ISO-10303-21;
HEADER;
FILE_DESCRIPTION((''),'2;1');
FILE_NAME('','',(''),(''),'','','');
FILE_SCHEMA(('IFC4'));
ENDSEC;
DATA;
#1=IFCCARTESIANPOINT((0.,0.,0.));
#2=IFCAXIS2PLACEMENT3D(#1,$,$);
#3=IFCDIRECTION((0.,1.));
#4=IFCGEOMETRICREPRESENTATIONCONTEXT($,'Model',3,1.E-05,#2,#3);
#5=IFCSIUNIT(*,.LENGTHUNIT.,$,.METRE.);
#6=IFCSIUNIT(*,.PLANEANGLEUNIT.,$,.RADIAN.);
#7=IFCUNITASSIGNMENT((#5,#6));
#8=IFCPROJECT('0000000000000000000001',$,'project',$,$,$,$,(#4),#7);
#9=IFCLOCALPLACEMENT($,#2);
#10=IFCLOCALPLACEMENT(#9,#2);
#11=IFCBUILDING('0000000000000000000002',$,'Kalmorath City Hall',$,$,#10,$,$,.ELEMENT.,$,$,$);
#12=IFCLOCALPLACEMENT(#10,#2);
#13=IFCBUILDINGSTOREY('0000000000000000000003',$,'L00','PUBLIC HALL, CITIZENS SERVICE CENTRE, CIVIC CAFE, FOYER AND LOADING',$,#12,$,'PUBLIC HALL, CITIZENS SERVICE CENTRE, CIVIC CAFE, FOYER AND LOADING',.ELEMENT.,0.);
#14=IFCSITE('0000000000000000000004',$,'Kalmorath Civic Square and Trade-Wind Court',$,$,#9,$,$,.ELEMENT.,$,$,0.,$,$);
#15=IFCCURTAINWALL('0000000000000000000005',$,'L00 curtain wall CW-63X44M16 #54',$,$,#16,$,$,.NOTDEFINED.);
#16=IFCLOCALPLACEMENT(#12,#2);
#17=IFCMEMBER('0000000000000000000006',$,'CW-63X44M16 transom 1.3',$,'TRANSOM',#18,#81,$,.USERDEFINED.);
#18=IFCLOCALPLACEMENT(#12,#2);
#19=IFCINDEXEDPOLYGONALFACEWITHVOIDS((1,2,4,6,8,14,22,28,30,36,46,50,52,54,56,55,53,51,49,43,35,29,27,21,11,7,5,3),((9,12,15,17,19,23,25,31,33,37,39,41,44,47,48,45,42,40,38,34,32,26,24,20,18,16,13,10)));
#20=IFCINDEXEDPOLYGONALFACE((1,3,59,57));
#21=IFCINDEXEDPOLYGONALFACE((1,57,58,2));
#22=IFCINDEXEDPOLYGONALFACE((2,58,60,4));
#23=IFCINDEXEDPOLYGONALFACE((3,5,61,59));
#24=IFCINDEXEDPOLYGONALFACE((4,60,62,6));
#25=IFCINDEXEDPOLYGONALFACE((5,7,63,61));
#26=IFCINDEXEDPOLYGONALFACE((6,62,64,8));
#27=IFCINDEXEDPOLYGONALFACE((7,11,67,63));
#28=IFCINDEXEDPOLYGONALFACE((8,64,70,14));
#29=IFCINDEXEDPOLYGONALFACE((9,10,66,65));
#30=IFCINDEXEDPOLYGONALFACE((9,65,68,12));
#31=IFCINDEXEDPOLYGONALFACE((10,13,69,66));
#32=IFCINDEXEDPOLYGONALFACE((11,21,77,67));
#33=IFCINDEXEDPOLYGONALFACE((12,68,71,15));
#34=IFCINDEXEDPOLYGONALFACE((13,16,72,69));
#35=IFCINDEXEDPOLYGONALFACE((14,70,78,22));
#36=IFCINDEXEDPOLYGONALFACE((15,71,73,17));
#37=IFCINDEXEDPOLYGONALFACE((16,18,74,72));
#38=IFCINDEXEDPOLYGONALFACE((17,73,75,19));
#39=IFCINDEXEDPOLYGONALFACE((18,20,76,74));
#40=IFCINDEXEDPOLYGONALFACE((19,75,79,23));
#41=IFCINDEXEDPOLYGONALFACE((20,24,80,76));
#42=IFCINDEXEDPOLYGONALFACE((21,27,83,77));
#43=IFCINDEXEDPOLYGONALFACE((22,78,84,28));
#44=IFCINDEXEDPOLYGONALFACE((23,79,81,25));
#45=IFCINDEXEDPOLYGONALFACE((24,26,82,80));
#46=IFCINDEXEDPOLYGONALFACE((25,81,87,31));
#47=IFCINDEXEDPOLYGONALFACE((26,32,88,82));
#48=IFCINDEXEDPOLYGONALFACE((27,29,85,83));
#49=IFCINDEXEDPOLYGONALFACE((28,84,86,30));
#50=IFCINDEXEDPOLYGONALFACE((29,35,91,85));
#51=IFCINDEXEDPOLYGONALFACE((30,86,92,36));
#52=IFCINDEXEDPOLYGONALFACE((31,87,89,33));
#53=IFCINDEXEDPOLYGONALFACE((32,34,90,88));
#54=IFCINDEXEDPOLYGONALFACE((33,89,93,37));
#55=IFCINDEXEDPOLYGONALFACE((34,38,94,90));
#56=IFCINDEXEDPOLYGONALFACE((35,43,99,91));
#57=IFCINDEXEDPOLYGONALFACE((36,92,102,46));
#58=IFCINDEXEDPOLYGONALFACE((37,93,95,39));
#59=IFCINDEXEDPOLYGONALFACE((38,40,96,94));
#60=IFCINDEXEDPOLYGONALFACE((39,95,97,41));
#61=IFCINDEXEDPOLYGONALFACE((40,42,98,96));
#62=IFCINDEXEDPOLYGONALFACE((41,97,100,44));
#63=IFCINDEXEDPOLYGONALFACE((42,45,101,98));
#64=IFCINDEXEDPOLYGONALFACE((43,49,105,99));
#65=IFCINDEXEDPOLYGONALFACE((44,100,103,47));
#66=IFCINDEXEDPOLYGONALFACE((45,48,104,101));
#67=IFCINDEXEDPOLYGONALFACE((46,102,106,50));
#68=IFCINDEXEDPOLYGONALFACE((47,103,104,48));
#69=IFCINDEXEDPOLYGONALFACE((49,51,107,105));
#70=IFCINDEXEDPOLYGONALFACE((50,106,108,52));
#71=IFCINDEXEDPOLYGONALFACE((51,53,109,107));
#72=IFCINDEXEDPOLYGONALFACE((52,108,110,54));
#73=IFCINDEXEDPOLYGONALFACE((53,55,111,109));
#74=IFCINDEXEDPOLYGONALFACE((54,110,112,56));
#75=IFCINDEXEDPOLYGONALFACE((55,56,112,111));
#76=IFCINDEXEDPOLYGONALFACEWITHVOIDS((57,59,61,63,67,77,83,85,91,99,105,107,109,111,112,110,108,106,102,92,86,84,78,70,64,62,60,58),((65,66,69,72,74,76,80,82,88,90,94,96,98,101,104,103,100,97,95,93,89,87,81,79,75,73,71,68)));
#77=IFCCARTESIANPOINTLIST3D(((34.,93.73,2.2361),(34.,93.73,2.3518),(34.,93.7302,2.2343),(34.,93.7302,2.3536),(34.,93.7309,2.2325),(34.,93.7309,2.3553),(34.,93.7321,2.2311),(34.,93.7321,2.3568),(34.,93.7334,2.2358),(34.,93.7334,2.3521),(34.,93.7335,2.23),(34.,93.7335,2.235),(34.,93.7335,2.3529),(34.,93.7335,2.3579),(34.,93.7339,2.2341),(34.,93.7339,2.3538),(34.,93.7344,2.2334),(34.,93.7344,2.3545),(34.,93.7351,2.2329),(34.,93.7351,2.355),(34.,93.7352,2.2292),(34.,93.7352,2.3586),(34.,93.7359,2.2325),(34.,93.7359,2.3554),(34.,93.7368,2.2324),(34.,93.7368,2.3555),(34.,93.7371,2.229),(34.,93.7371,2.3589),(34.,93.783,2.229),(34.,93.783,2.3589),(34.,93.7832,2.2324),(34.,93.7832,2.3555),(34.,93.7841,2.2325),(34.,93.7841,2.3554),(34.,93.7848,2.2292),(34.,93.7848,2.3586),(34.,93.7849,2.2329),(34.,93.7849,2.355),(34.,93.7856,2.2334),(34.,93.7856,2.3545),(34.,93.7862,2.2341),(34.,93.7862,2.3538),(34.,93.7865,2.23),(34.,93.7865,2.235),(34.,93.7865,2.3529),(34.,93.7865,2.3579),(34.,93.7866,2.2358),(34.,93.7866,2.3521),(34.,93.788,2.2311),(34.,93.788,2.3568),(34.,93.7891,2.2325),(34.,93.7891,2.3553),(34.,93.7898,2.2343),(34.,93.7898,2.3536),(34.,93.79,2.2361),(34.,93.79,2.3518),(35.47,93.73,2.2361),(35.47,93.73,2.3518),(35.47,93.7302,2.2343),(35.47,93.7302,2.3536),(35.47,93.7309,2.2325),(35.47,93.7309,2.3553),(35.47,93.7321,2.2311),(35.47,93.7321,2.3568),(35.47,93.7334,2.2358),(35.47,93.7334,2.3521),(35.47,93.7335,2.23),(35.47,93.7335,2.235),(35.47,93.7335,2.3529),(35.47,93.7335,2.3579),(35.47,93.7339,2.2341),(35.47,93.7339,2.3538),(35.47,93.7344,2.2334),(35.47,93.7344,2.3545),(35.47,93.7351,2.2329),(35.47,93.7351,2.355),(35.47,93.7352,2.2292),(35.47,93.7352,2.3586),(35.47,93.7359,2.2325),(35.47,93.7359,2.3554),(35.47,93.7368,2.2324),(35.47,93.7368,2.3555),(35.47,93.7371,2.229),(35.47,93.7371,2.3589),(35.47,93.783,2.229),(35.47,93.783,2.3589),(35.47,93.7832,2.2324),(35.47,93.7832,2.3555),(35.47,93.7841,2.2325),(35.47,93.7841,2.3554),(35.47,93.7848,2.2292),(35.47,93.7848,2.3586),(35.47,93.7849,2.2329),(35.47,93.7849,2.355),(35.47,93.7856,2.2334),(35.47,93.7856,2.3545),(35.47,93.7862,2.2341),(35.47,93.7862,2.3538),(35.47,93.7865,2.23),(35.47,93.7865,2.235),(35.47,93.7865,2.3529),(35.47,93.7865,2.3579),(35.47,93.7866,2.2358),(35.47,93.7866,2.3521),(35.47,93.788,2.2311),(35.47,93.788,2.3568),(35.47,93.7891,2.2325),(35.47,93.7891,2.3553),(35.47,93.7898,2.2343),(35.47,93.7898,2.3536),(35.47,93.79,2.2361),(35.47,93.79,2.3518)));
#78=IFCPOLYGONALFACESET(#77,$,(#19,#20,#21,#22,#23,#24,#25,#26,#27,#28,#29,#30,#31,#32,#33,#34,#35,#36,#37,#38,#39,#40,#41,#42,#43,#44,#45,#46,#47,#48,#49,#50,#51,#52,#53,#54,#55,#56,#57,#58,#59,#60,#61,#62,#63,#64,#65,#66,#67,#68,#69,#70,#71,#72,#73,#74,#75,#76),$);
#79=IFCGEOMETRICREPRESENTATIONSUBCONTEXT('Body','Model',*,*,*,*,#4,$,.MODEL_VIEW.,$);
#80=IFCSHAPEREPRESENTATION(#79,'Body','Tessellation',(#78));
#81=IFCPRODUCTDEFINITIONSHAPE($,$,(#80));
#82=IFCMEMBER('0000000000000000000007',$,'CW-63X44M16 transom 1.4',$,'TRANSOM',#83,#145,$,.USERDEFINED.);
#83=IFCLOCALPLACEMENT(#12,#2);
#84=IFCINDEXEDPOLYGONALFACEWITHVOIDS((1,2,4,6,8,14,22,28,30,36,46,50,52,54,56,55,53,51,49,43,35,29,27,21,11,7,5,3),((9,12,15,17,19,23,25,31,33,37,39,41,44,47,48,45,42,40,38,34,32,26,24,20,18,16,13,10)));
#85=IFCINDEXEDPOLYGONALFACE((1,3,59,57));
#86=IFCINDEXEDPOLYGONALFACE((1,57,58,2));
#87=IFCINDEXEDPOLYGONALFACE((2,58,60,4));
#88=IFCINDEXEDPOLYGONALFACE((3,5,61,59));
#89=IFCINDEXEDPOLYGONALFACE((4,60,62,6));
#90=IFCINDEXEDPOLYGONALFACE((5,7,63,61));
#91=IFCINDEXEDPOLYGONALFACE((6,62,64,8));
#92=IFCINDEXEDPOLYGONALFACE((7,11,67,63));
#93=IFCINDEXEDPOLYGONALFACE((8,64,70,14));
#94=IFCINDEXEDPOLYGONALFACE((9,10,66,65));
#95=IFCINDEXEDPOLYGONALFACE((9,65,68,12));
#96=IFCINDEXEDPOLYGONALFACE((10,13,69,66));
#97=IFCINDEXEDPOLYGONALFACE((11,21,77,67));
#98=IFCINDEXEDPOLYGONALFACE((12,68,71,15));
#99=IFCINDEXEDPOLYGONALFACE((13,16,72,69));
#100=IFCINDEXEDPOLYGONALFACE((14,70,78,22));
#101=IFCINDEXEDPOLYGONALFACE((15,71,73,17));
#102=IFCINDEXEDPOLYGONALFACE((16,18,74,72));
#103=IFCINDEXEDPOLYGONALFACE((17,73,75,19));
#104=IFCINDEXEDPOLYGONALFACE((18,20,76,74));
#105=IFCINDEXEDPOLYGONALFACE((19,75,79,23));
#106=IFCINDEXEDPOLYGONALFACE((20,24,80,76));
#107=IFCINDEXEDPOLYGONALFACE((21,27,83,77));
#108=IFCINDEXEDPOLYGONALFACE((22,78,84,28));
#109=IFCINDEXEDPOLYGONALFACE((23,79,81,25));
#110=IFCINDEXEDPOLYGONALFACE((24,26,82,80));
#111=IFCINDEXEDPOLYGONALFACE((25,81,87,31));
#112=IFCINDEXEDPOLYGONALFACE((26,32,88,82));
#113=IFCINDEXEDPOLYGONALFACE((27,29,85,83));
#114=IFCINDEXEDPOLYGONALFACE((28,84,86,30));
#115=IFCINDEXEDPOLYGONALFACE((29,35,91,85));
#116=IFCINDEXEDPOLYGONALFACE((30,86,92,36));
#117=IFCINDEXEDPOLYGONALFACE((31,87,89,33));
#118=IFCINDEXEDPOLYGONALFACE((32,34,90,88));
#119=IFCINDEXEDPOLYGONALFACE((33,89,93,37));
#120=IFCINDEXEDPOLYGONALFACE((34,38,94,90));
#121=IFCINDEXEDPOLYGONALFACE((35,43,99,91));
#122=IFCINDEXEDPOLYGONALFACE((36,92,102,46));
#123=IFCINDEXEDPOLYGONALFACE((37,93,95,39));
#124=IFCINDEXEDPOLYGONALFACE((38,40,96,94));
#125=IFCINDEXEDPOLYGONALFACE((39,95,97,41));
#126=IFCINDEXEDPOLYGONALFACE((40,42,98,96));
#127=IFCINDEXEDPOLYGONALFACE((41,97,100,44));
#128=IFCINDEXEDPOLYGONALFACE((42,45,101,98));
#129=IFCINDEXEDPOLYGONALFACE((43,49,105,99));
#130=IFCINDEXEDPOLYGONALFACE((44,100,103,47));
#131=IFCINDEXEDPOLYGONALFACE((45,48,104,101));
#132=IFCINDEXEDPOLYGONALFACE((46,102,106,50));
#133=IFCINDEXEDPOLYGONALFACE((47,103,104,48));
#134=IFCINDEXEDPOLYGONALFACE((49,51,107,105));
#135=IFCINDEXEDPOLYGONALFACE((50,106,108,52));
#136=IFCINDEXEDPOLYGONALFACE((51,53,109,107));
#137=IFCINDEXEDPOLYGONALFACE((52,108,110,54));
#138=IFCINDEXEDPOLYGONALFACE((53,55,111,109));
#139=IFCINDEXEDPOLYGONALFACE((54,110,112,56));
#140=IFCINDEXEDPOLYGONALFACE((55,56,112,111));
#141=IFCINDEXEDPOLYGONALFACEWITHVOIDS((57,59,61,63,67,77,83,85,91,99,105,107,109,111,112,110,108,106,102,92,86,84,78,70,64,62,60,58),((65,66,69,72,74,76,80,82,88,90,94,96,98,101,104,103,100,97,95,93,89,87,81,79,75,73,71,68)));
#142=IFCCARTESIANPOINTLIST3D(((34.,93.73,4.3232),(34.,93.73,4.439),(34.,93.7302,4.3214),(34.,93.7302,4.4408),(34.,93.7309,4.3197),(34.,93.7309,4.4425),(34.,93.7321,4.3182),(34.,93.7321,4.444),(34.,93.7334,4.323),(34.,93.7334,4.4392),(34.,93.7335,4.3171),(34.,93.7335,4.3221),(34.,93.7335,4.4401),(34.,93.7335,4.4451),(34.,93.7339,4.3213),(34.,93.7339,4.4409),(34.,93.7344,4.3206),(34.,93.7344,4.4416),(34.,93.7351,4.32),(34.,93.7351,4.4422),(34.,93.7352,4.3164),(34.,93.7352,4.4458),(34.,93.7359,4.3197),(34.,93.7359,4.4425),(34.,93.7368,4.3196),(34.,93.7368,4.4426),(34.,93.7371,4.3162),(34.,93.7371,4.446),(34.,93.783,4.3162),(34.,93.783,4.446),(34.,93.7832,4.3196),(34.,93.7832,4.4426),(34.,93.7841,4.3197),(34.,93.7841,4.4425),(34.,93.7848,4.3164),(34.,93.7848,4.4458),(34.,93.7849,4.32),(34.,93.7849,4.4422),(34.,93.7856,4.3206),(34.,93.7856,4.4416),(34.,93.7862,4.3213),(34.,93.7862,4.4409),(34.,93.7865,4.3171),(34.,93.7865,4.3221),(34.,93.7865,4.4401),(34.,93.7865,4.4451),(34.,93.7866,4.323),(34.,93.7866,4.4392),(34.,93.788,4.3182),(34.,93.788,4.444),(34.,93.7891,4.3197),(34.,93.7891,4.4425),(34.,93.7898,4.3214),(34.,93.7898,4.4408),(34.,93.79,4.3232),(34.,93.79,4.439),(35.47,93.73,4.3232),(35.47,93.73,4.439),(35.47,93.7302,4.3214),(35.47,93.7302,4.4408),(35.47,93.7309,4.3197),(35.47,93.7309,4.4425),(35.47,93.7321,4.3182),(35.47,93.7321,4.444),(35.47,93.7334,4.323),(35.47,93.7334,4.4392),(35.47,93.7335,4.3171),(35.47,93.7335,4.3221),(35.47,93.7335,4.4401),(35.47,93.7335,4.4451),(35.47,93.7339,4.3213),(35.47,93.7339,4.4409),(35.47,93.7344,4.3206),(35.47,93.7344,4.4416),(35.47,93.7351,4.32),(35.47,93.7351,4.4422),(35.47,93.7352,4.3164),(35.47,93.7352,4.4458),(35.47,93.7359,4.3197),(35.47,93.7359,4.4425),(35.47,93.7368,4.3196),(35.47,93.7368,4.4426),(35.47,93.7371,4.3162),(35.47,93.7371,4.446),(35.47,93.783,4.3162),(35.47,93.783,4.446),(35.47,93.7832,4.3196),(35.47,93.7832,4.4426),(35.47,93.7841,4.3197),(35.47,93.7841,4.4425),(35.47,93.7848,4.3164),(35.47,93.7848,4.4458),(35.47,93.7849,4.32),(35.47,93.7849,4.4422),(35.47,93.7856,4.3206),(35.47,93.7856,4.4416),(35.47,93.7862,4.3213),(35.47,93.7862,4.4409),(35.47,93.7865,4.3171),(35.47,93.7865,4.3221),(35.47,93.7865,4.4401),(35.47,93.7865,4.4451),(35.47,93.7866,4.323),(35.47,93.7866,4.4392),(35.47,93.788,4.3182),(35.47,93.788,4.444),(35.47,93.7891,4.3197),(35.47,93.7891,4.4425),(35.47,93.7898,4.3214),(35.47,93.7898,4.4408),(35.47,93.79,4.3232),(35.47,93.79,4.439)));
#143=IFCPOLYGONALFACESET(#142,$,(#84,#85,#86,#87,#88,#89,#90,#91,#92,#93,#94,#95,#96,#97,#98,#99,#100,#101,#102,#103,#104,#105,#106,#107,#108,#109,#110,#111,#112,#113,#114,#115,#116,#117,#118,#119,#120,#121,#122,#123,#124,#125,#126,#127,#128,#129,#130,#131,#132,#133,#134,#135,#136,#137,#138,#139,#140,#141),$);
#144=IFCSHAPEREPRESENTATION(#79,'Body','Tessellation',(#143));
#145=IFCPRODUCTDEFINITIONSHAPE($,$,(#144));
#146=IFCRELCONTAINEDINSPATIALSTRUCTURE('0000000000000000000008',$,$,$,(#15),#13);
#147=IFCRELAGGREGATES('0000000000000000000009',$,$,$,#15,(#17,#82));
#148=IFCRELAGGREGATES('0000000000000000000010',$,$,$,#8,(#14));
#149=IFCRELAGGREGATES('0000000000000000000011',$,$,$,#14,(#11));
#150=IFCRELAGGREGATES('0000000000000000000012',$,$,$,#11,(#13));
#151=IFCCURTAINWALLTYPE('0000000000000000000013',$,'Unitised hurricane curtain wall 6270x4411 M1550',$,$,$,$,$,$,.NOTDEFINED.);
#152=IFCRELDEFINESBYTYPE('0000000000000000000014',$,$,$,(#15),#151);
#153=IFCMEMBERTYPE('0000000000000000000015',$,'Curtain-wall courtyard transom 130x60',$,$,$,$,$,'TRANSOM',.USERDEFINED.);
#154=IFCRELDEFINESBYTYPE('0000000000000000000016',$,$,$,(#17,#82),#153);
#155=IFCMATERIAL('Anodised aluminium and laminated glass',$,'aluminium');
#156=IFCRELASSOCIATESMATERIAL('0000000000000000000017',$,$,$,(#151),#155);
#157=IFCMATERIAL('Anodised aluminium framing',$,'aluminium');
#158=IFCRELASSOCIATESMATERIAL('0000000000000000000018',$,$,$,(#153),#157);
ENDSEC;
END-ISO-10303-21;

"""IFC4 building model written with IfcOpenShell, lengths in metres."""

from ifc_helpers import new_model, si_unit, direction, frame, origin, origin_2d, place, context, subcontext, project, spatial, hollow_rectangle, extrude, material, material_profile, profile_set, type_object, element, aggregate, save


model = new_model("IFC4")

# Units and contexts
model_context = context("Model", 3, precision=1e-05, world=origin(), true_north=direction((0.0, 1.0)))
body_context = subcontext(model_context, "Body", "Model", "MODEL_VIEW")
ifc_project = project(units=[si_unit("LENGTHUNIT", "METRE"), si_unit("PLANEANGLEUNIT", "RADIAN")], contexts=[model_context])

# Site, building, storey
site_placement = place(None, origin())
site = spatial("IfcSite", under=ifc_project, at=site_placement, Name="Kalmorath Civic Square and Trade-Wind Court", CompositionType="ELEMENT", RefElevation=0.0)
building_placement = place(site_placement, origin())
building = spatial("IfcBuilding", under=site, at=building_placement, Name="Kalmorath City Hall", CompositionType="ELEMENT")
storey_placement = place(building_placement, origin())
storey = spatial("IfcBuildingStorey", under=building, at=storey_placement, Name="L00", Description="PUBLIC HALL, CITIZENS SERVICE CENTRE, CIVIC CAFE, FOYER AND LOADING", LongName="PUBLIC HALL, CITIZENS SERVICE CENTRE, CIVIC CAFE, FOYER AND LOADING", CompositionType="ELEMENT", Elevation=0.0)

# Shared definitions
ifc_material_1 = material(Name="Anodised aluminium and laminated glass", Category="aluminium")
curtain_wall_type = type_object("IfcCurtainWallType", Name="Unitised hurricane curtain wall 6270x4411 M1550", PredefinedType="NOTDEFINED", material=ifc_material_1)

# Curtain wall, members
curtain_wall_1_placement = place(storey_placement, origin())
curtain_wall_1 = element("IfcCurtainWall", 1, at=curtain_wall_1_placement, inside=storey, type_object=curtain_wall_type, Name="L00 curtain wall CW-63X44M16 #54", PredefinedType="NOTDEFINED")
ifc_material_2 = material(Name="Anodised aluminium framing", Category="aluminium")
ifc_material_profile_1 = material_profile(ifc_material_2, hollow_rectangle(XDim=0.0601, YDim=0.1299, WallThickness=0.0034, InnerFilletRadius=0.0034, OuterFilletRadius=0.0071, at=origin_2d()), Name="ALU-TRN-130X60X3.5")
ifc_profile_set_1 = profile_set([ifc_material_profile_1], Name="Anodised aluminium framing")
member_type_1 = type_object("IfcMemberType", Name="Curtain-wall courtyard transom 130x60", ElementType="TRANSOM", PredefinedType="USERDEFINED", material=ifc_profile_set_1)
member_1_placement = place(storey_placement, frame((35.47, 93.76, 2.2939), z_axis=(-1.0, 0.0, 0.0), x_axis=(0.0, -1.0, 0.0)))
member_1 = element("IfcMember", 2, at=member_1_placement, type_object=member_type_1, Name="CW-63X44M16 transom 1.3", ObjectType="TRANSOM", PredefinedType="USERDEFINED", context=body_context, shape_type="SweptSolid", body=[
    extrude(hollow_rectangle(XDim=0.0601, YDim=0.1299, WallThickness=0.0034, InnerFilletRadius=0.0034, OuterFilletRadius=0.0071, at=origin_2d()), origin(), (0.0, 0.0, 1.0), 1.47),
])
member_2_placement = place(storey_placement, frame((35.47, 93.76, 4.3811), z_axis=(-1.0, 0.0, 0.0), x_axis=(0.0, -1.0, 0.0)))
member_2 = element("IfcMember", 3, at=member_2_placement, type_object=member_type_1, Name="CW-63X44M16 transom 1.4", ObjectType="TRANSOM", PredefinedType="USERDEFINED", context=body_context, shape_type="SweptSolid", body=[
    extrude(hollow_rectangle(XDim=0.0601, YDim=0.1299, WallThickness=0.0034, InnerFilletRadius=0.0034, OuterFilletRadius=0.0071, at=origin_2d()), origin(), (0.0, 0.0, 1.0), 1.47),
])

aggregate(curtain_wall_1, [member_1, member_2])

save(model, "model.ifc")
